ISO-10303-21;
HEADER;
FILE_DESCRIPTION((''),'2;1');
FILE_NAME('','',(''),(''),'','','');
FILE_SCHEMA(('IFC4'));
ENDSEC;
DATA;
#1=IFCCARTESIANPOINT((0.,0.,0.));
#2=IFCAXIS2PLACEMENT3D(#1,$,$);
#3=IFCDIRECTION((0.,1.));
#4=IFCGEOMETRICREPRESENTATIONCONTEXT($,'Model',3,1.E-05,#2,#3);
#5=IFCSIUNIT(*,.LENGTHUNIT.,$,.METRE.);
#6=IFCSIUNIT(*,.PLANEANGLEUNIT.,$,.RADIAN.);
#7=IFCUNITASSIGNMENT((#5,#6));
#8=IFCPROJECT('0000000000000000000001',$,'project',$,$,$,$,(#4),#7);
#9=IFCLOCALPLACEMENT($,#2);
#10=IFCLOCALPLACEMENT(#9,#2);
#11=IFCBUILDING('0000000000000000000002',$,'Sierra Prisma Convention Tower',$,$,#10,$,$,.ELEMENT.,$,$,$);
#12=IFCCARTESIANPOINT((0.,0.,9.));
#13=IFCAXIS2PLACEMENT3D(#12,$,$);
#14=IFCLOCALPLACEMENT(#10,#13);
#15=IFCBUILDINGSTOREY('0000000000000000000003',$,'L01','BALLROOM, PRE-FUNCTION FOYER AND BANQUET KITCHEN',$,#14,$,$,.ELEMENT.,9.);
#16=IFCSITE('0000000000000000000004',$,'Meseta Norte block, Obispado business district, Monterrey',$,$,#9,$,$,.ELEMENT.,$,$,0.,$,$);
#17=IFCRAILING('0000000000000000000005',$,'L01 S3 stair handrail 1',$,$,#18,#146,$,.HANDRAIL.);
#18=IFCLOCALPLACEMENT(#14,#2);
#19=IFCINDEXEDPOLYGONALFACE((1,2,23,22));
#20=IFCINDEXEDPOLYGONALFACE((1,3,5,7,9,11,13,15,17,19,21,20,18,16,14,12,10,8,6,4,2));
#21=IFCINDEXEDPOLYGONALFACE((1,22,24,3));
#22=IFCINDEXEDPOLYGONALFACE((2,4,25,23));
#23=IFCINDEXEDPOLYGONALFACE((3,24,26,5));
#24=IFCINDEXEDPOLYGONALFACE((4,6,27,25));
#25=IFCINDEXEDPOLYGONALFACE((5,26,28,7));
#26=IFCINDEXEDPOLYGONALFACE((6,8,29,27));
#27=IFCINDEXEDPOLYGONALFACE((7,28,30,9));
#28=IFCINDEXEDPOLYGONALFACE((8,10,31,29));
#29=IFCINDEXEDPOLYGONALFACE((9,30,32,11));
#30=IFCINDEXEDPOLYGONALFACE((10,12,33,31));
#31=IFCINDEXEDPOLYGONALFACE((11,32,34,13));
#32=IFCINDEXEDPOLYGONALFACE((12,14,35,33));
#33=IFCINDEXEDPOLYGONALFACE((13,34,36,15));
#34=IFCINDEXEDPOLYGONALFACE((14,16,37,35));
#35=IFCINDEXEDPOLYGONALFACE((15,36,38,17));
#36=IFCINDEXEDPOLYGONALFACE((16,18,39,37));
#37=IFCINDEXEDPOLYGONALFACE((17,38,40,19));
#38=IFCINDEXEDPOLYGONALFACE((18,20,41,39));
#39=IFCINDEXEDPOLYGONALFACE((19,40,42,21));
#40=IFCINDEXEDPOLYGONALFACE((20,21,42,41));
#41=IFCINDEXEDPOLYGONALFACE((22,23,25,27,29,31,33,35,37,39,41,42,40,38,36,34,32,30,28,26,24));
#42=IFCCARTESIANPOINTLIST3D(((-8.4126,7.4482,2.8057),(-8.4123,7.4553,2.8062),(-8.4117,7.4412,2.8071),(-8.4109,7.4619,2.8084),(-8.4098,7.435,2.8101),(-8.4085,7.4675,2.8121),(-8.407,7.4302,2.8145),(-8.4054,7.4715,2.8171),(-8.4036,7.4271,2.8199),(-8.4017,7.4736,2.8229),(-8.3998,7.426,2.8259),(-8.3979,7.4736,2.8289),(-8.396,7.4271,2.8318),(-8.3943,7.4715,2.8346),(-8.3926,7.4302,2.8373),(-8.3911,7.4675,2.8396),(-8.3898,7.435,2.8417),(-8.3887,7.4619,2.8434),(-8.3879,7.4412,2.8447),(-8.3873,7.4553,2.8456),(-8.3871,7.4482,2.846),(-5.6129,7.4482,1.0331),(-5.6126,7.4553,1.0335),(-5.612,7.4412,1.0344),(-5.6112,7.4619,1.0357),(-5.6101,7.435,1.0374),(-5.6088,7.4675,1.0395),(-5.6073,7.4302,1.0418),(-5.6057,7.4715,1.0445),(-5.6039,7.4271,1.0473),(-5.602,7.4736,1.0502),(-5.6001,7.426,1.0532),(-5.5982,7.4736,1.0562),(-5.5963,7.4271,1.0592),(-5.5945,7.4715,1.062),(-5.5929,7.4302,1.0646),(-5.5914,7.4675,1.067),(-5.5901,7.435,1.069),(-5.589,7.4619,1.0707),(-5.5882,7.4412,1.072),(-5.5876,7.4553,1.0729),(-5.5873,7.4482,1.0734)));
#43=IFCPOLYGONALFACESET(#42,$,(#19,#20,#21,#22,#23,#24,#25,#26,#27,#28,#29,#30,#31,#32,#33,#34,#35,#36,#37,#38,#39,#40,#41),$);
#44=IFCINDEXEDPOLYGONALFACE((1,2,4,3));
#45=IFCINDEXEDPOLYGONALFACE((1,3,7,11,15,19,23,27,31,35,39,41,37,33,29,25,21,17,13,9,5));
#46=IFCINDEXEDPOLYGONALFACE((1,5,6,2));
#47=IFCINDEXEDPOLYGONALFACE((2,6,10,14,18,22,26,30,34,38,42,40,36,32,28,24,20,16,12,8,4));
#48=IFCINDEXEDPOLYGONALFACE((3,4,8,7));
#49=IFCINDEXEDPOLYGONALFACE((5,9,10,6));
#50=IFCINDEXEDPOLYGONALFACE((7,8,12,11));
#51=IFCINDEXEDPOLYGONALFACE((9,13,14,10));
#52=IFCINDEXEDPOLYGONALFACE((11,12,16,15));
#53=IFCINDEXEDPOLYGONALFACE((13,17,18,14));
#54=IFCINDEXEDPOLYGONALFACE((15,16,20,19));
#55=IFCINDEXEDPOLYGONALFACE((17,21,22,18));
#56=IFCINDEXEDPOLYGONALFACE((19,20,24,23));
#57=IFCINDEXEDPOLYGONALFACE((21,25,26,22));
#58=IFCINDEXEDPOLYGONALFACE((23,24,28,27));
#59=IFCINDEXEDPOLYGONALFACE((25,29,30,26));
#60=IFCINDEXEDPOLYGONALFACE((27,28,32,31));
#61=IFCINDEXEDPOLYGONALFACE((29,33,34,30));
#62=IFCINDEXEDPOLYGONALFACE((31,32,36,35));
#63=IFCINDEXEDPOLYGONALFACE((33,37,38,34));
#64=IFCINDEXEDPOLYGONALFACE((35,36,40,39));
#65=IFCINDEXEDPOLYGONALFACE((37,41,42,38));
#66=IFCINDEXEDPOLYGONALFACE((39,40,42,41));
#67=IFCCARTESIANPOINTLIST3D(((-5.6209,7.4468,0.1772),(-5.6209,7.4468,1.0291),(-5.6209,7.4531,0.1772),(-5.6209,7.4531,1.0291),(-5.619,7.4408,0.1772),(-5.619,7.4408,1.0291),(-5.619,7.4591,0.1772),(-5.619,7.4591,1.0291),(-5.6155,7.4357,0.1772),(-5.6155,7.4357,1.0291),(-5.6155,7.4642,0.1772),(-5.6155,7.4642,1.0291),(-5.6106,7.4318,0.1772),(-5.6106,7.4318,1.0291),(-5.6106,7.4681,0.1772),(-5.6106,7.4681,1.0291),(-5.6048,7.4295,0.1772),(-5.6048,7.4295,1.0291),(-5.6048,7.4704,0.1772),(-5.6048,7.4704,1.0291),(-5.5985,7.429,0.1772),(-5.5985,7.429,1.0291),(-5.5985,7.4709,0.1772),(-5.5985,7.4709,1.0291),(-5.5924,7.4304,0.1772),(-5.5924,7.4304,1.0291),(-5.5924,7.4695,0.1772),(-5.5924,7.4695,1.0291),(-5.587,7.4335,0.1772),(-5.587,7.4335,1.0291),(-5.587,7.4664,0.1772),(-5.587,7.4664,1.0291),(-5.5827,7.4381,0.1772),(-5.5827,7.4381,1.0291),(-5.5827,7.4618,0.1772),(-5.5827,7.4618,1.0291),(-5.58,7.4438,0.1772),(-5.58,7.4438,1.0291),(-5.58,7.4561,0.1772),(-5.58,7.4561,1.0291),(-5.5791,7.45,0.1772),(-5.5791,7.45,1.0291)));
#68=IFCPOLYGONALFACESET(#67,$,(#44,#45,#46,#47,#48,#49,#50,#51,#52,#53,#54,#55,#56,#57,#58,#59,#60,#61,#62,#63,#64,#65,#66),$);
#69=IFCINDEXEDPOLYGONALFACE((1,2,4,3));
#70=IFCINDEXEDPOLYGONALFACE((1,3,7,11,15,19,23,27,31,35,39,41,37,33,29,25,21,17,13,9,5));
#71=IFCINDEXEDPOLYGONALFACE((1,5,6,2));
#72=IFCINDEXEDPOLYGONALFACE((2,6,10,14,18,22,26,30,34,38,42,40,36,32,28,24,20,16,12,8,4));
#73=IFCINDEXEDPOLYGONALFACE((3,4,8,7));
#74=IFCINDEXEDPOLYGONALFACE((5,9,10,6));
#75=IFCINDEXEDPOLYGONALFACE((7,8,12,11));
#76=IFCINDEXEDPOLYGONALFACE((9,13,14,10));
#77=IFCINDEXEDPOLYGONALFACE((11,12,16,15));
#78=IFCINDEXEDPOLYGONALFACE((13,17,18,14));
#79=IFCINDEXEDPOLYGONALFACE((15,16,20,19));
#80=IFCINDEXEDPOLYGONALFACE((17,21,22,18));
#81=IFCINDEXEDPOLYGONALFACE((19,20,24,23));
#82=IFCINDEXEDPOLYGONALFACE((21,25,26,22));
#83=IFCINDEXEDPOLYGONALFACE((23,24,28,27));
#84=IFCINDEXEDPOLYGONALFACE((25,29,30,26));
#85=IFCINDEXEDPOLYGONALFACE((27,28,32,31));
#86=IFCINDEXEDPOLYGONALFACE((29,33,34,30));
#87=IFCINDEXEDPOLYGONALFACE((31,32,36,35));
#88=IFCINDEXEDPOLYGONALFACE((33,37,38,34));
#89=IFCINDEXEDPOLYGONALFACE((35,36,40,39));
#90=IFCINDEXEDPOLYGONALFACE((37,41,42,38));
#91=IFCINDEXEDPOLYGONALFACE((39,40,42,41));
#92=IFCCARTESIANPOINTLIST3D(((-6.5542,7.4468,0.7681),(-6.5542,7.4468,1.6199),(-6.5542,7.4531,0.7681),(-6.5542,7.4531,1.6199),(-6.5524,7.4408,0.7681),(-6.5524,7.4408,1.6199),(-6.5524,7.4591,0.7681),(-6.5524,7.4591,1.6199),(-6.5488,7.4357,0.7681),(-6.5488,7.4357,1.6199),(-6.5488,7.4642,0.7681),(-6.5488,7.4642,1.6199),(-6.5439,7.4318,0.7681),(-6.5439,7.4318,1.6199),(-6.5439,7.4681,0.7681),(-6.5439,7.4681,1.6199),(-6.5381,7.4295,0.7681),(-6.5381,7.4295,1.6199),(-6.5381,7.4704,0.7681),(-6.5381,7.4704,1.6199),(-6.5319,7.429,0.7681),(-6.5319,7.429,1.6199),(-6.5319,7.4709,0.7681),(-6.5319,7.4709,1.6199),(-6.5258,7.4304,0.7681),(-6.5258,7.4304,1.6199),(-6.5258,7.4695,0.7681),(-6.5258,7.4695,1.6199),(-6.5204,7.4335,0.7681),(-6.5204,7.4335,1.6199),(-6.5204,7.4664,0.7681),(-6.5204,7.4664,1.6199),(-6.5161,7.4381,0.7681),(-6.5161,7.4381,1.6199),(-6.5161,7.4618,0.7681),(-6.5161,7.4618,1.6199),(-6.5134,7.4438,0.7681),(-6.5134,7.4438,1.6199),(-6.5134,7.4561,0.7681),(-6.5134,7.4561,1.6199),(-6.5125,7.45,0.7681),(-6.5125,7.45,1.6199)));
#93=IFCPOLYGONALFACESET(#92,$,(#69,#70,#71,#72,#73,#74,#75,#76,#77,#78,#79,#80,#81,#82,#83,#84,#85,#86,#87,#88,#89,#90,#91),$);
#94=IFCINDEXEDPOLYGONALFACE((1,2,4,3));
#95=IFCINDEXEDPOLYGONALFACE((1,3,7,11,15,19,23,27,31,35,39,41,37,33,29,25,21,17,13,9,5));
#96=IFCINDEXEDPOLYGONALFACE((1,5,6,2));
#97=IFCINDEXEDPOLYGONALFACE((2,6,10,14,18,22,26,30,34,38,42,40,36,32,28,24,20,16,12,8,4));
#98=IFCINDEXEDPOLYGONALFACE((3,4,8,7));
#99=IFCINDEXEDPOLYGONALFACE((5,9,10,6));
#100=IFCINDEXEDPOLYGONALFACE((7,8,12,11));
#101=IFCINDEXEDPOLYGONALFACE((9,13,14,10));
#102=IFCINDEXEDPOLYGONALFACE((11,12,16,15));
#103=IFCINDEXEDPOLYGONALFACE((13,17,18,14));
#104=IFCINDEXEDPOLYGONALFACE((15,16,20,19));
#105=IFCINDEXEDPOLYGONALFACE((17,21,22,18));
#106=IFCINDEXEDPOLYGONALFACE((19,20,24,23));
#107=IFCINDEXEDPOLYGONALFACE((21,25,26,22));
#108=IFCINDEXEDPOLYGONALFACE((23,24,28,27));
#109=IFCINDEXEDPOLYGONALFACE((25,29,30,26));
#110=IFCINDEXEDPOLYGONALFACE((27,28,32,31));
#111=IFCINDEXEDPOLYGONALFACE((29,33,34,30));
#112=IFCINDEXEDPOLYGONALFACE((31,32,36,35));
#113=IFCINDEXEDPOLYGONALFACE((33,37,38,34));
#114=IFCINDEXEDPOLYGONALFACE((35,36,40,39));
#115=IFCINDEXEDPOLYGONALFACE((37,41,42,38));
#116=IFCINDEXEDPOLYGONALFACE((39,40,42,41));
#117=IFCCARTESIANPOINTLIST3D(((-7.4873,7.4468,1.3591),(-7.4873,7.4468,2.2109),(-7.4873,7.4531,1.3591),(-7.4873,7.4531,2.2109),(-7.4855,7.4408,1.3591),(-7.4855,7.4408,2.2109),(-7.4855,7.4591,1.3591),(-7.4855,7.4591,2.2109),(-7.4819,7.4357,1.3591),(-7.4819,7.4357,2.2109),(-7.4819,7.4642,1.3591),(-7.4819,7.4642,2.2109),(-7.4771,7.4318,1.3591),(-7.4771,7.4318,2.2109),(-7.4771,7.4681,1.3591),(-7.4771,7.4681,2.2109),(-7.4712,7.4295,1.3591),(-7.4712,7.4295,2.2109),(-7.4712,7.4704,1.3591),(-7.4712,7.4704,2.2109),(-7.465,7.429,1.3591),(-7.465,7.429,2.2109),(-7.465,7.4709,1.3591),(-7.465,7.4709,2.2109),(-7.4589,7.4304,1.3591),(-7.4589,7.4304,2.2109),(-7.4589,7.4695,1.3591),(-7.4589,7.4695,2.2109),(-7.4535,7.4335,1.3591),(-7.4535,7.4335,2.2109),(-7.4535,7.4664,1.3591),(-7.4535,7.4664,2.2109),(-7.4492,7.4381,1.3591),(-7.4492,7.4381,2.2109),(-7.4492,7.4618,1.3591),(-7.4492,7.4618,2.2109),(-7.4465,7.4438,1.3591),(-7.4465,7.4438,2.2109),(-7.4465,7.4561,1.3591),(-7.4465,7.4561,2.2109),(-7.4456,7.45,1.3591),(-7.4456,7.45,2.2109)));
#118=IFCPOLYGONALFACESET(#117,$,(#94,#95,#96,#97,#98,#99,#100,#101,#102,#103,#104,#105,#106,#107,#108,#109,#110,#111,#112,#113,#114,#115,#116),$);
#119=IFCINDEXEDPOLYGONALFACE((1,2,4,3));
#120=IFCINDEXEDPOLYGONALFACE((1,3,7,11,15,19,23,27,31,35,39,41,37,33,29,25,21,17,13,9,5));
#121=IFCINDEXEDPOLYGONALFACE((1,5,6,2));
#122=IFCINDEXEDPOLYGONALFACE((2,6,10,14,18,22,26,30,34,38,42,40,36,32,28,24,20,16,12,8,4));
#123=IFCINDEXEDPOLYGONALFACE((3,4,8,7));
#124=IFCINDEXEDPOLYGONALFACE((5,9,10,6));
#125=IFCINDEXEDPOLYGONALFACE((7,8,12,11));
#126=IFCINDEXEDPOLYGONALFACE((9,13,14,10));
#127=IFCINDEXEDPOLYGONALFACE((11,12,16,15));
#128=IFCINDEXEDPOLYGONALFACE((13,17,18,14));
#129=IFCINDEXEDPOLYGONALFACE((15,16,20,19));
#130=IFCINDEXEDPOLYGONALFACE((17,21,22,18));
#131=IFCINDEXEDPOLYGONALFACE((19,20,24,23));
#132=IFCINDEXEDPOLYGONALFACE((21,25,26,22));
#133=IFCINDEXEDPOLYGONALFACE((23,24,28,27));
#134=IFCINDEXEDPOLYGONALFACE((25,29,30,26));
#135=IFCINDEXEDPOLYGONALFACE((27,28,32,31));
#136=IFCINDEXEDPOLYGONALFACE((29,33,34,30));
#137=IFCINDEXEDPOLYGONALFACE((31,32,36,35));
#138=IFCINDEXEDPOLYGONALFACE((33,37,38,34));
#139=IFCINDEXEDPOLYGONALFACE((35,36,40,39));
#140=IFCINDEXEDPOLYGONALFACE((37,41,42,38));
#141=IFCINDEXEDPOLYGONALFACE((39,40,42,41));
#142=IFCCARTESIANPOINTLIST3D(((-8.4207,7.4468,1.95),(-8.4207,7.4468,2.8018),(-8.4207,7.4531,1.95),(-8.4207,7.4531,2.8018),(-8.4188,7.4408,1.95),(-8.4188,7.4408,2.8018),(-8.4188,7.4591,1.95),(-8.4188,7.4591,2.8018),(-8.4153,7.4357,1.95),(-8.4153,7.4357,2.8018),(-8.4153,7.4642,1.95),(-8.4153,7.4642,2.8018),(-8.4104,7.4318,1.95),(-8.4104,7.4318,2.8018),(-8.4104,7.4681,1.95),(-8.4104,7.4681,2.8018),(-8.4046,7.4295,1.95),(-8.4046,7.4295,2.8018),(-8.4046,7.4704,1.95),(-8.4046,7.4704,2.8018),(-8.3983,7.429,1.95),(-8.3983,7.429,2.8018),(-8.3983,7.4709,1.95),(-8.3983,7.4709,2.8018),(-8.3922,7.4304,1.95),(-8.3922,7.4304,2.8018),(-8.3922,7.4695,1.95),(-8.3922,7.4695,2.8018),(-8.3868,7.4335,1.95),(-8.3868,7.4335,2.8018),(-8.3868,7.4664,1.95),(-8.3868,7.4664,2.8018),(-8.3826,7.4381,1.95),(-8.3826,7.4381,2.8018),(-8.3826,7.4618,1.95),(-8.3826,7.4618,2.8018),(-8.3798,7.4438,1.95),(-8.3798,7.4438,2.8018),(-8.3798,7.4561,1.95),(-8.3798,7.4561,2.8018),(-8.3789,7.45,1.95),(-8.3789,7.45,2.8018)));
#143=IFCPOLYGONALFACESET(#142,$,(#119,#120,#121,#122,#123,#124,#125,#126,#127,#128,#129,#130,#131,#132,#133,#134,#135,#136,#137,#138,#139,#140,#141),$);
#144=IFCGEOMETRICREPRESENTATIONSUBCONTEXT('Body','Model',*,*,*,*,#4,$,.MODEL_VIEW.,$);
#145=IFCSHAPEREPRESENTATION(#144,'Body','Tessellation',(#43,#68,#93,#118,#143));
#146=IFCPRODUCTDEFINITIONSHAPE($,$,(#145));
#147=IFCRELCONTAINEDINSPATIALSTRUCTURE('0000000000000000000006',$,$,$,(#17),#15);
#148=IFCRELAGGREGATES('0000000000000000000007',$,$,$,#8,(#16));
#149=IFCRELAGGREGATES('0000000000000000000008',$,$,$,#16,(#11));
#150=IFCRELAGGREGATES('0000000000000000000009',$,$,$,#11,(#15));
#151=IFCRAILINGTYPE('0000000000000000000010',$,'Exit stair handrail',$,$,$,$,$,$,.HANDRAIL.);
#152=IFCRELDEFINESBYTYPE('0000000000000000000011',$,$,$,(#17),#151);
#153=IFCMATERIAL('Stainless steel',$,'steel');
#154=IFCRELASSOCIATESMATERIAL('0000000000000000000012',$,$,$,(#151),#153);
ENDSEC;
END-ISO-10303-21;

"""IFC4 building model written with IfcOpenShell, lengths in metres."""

from ifc_helpers import new_model, si_unit, direction, frame, origin, origin_2d, place, context, subcontext, project, spatial, circle, extrude, material, type_object, element, save


model = new_model("IFC4")

# Units and contexts
model_context = context("Model", 3, precision=1e-05, world=origin(), true_north=direction((0.0, 1.0)))
body_context = subcontext(model_context, "Body", "Model", "MODEL_VIEW")
ifc_project = project(units=[si_unit("LENGTHUNIT", "METRE"), si_unit("PLANEANGLEUNIT", "RADIAN")], contexts=[model_context])

# Site, building, storey
site_placement = place(None, origin())
site = spatial("IfcSite", under=ifc_project, at=site_placement, Name="Meseta Norte block, Obispado business district, Monterrey", CompositionType="ELEMENT", RefElevation=0.0)
building_placement = place(site_placement, origin())
building = spatial("IfcBuilding", under=site, at=building_placement, Name="Sierra Prisma Convention Tower", CompositionType="ELEMENT")
storey_placement = place(building_placement, frame((0.0, 0.0, 9.0)))
storey = spatial("IfcBuildingStorey", under=building, at=storey_placement, Name="L01", Description="BALLROOM, PRE-FUNCTION FOYER AND BANQUET KITCHEN", CompositionType="ELEMENT", Elevation=9.0)

# Railing
ifc_material_1 = material(Name="Stainless steel", Category="steel")
railing_type_1 = type_object("IfcRailingType", Name="Exit stair handrail", PredefinedType="HANDRAIL", material=ifc_material_1)
for number, where, name in (
    (1, (-5.6001, 7.45, 0.1772), "L01 S3 stair handrail 1"),
):
    element("IfcRailing", number, at=place(storey_placement, frame(where)), inside=storey, type_object=railing_type_1, Name=name, PredefinedType="HANDRAIL", context=body_context, shape_type="SweptSolid", body=[
        extrude(circle(Radius=0.0239, at=origin_2d()), frame((0.0, 0.0, 0.876), z_axis=(-0.844888, 0.0, 0.534943), x_axis=(0.0, -1.0, 0.0)), (0.0, 0.0, 1.0), 3.3137),
        extrude(circle(Radius=0.021, at=origin_2d()), origin(), (0.0, 0.0, 1.0), 0.8518),
        extrude(circle(Radius=0.021, at=origin_2d()), frame((-0.9333, 0.0, 0.5908)), (0.0, 0.0, 1.0), 0.8518),
        extrude(circle(Radius=0.021, at=origin_2d()), frame((-1.8665, 0.0, 1.1819)), (0.0, 0.0, 1.0), 0.8518),
        extrude(circle(Radius=0.021, at=origin_2d()), frame((-2.7998, 0.0, 1.7727)), (0.0, 0.0, 1.0), 0.8518),
    ])

save(model, "model.ifc")
